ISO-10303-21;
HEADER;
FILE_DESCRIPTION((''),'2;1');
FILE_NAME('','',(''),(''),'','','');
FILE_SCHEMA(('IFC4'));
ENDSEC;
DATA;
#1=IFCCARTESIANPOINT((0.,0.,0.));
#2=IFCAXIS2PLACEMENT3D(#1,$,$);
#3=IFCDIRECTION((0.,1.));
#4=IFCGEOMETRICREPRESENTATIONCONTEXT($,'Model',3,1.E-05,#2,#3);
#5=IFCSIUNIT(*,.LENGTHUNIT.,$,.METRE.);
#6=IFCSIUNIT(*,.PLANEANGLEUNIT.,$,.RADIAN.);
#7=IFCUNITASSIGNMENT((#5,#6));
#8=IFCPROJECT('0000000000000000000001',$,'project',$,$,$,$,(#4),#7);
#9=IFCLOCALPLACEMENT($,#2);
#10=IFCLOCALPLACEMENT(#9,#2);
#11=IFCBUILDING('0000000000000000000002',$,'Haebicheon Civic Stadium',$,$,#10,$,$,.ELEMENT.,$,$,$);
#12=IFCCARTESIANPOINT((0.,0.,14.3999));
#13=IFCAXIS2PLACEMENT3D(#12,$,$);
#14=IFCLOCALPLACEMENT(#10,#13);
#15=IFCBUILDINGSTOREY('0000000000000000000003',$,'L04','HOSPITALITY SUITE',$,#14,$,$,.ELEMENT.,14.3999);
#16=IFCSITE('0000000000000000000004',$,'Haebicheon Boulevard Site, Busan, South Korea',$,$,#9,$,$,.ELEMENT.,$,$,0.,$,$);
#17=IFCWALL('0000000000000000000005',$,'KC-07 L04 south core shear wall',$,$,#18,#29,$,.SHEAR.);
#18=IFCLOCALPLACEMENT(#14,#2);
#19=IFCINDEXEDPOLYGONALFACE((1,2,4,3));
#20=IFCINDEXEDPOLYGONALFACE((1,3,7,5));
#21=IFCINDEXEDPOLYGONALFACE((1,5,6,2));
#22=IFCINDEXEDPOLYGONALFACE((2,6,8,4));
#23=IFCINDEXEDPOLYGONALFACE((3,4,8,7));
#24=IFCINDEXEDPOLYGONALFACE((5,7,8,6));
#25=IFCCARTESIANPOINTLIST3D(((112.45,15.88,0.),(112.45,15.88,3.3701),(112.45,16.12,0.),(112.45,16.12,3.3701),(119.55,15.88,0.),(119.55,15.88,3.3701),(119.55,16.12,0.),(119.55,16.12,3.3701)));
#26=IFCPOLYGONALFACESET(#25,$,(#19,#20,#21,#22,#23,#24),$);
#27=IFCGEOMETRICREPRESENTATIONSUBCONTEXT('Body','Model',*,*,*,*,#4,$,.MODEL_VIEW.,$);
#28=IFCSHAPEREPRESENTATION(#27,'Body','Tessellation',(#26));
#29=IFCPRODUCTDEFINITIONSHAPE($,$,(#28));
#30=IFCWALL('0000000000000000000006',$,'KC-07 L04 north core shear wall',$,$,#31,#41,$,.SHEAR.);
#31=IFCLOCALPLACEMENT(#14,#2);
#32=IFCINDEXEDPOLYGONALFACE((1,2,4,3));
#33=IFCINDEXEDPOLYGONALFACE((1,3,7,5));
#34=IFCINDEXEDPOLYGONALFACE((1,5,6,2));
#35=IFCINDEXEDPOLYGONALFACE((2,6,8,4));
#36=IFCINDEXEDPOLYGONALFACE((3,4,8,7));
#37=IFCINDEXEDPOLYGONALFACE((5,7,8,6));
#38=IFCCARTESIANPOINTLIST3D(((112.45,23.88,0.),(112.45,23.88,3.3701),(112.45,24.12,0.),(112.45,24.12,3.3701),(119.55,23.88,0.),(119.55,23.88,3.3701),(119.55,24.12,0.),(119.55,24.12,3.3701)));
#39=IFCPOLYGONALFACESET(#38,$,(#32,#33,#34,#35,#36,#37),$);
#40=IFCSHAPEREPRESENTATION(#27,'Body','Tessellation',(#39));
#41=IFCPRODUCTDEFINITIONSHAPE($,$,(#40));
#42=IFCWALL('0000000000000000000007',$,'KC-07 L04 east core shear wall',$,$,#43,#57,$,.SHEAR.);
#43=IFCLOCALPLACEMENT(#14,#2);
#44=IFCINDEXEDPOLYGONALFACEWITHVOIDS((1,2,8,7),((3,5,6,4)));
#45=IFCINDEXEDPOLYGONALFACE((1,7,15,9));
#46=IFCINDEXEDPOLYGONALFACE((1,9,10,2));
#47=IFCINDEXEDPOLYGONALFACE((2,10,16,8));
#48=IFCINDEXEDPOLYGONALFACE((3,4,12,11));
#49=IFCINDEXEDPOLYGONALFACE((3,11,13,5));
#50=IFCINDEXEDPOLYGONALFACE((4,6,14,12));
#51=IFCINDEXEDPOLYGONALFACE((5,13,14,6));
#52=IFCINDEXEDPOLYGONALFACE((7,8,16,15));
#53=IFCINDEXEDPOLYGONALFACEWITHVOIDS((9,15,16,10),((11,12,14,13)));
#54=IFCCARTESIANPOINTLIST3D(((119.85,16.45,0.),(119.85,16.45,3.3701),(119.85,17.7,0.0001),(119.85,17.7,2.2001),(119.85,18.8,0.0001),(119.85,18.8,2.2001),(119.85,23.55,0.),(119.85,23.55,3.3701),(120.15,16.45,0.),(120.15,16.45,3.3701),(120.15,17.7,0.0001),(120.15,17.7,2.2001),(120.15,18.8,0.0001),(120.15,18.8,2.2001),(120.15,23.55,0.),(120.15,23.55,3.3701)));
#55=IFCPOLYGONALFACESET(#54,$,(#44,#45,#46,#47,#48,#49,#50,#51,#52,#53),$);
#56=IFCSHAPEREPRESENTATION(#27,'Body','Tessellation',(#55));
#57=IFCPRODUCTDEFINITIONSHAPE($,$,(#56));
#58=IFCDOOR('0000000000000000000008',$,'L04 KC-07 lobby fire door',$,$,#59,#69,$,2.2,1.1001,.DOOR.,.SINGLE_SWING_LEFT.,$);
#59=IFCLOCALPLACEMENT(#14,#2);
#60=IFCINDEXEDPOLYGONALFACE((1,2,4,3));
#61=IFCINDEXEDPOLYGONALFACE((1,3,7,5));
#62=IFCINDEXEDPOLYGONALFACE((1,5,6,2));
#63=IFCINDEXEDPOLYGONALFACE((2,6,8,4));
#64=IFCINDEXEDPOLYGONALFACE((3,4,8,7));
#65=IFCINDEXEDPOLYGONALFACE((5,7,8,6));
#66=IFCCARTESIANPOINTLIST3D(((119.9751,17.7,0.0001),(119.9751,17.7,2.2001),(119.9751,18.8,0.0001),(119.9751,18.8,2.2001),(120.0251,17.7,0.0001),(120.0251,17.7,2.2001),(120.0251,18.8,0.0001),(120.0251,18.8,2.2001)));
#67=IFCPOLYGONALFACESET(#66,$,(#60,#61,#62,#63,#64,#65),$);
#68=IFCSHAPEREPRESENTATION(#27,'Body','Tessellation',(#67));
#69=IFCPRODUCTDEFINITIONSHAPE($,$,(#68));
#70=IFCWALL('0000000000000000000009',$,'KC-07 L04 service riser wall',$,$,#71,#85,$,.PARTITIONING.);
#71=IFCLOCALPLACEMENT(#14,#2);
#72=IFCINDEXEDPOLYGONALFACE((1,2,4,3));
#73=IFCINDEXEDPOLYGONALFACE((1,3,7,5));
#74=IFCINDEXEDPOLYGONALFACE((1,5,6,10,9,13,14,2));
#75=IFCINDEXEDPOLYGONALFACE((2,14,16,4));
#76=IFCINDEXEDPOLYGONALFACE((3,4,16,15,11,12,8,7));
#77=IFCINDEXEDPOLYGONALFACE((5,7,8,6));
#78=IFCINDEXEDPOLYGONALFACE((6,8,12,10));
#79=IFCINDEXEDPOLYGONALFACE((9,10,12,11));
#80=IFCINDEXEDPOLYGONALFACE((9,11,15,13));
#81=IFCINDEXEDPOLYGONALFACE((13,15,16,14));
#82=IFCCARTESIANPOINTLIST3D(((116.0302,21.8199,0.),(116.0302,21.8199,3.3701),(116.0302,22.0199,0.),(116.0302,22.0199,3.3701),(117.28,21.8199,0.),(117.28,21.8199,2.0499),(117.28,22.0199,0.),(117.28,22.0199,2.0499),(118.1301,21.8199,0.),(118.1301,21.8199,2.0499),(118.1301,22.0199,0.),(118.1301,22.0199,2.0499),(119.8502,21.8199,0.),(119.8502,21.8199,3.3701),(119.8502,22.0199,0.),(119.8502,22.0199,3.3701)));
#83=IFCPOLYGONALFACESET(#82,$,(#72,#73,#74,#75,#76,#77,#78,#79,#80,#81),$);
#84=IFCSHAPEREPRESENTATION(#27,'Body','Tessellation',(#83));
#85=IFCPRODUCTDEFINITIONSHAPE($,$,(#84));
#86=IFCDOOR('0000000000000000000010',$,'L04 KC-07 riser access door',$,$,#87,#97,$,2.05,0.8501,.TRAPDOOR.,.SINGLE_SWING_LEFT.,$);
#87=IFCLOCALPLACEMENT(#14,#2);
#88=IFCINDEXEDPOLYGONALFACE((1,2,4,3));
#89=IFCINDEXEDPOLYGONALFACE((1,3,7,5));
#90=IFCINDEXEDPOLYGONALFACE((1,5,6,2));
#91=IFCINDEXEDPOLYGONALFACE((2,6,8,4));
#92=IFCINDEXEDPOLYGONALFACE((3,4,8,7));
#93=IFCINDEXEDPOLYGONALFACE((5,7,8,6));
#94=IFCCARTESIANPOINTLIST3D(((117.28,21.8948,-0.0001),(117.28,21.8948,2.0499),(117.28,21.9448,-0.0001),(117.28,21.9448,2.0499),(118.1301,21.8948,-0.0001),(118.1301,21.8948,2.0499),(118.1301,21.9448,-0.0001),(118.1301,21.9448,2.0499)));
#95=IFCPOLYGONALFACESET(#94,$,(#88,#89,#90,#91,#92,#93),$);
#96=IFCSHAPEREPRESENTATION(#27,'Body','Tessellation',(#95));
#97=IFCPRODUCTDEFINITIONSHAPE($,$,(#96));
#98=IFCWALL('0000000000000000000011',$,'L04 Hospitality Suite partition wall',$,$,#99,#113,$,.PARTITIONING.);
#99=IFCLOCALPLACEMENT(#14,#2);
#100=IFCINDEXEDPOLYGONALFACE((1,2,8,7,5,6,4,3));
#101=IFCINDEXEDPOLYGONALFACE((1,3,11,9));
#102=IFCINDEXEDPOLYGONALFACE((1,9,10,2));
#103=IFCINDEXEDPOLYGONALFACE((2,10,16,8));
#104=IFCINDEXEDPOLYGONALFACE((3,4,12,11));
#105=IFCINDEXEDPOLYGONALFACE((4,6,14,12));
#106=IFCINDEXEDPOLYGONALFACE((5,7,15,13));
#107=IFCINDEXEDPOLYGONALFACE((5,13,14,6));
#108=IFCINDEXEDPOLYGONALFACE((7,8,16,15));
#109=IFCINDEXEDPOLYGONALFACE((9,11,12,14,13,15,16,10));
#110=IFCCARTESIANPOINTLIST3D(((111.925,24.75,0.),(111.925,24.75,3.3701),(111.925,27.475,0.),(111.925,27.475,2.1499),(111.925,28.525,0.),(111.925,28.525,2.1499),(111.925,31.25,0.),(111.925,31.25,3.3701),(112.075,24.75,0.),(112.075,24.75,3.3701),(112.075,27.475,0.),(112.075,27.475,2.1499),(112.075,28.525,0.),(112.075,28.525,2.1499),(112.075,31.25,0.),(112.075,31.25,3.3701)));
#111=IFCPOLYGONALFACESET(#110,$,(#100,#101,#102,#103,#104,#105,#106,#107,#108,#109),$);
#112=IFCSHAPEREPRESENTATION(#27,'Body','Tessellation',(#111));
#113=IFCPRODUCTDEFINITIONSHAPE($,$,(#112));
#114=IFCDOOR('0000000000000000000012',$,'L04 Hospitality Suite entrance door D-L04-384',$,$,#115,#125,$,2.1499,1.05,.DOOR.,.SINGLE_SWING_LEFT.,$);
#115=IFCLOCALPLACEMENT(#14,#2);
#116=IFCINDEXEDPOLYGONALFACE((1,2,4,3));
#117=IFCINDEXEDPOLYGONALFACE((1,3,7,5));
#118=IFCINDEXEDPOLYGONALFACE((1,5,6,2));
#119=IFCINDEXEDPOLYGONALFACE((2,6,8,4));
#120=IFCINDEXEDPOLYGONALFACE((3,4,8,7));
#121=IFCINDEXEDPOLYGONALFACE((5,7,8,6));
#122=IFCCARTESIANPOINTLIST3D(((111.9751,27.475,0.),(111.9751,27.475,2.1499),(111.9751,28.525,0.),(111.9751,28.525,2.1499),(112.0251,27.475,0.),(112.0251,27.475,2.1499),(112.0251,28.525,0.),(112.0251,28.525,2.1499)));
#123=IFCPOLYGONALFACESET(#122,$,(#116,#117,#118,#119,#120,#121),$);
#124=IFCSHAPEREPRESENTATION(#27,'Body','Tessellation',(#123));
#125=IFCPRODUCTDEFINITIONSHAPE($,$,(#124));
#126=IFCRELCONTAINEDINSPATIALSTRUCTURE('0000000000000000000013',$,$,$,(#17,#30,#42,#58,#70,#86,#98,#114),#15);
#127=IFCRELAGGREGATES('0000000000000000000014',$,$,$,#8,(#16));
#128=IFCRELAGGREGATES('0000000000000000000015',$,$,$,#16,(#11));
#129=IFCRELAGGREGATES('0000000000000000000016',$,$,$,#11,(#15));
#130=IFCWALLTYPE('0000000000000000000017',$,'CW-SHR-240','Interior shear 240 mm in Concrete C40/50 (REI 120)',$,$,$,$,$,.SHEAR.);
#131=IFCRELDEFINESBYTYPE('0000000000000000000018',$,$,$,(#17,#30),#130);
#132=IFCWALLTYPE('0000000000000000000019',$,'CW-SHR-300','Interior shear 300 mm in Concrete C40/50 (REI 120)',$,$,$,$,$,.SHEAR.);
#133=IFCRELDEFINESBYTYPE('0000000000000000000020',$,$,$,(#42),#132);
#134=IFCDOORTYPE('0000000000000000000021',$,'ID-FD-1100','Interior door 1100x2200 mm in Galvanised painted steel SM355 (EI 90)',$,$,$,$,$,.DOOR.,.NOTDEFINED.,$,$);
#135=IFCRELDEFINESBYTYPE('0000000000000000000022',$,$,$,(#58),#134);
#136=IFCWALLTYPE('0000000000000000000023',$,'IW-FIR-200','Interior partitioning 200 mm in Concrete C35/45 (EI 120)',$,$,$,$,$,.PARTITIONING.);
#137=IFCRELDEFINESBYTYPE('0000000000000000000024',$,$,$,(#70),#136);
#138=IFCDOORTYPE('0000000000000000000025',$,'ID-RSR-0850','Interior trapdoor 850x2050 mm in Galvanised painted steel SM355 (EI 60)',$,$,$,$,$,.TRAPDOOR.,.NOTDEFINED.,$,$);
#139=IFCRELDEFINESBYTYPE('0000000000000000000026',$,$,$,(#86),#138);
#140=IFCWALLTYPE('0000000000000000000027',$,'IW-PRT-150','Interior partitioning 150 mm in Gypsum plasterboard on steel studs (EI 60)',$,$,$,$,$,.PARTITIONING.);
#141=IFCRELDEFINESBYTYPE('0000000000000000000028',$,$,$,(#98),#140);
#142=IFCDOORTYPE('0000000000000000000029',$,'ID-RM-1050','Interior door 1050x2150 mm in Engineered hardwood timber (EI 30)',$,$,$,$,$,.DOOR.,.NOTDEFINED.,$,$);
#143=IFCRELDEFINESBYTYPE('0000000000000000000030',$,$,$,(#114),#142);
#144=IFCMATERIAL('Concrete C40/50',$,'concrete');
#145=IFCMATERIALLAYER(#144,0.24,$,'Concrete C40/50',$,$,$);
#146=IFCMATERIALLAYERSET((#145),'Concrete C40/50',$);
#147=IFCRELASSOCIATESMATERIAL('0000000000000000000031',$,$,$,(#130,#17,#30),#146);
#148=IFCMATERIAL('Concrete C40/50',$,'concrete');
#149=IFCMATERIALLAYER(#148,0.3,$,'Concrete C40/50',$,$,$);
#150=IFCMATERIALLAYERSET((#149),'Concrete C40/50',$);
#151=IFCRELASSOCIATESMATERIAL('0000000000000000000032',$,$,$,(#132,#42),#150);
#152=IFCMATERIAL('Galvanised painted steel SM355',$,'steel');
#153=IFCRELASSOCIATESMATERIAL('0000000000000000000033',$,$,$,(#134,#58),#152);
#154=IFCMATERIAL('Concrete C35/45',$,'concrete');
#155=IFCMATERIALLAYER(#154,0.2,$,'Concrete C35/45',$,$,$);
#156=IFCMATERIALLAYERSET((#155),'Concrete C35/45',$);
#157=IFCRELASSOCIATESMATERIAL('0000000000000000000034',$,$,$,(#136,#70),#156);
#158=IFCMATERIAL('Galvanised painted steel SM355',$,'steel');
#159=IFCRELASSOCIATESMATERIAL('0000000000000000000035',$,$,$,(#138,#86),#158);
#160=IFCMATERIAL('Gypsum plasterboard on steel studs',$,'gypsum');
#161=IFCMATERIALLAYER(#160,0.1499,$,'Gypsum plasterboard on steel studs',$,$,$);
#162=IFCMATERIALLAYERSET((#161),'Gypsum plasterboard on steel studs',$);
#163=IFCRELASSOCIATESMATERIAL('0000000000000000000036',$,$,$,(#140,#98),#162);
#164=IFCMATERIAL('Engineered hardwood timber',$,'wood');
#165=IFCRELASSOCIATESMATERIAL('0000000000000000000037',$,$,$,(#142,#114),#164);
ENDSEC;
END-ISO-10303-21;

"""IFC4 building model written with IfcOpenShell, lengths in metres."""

from ifc_helpers import new_model, si_unit, direction, frame, frame_2d, origin, place, context, subcontext, project, spatial, rectangle, extrude, material, layer, layer_set, type_object, element, fill, save


model = new_model("IFC4")

# Units and contexts
model_context = context("Model", 3, precision=1e-05, world=origin(), true_north=direction((0.0, 1.0)))
body_context = subcontext(model_context, "Body", "Model", "MODEL_VIEW")
ifc_project = project(units=[si_unit("LENGTHUNIT", "METRE"), si_unit("PLANEANGLEUNIT", "RADIAN")], contexts=[model_context])

# Site, building, storey
site_placement = place(None, origin())
site = spatial("IfcSite", under=ifc_project, at=site_placement, Name="Haebicheon Boulevard Site, Busan, South Korea", CompositionType="ELEMENT", RefElevation=0.0)
building_placement = place(site_placement, origin())
building = spatial("IfcBuilding", under=site, at=building_placement, Name="Haebicheon Civic Stadium", CompositionType="ELEMENT")
storey_placement = place(building_placement, frame((0.0, 0.0, 14.3999)))
storey = spatial("IfcBuildingStorey", under=building, at=storey_placement, Name="L04", Description="HOSPITALITY SUITE", CompositionType="ELEMENT", Elevation=14.3999)

# Walls
ifc_material_1 = material(Name="Concrete C40/50", Category="concrete")
ifc_layer_1 = layer(ifc_material_1, 0.24, Name="Concrete C40/50")
ifc_layer_set_1 = layer_set([ifc_layer_1], Name="Concrete C40/50")
wall_type_1 = type_object("IfcWallType", Name="CW-SHR-240", Description="Interior shear 240 mm in Concrete C40/50 (REI 120)", PredefinedType="SHEAR", material=ifc_layer_set_1)
for number, where, z_axis, x_axis, name in (
    (1, (112.45, 16.0, 0.0), (0.0, 0.0, 1.0), (1.0, 0.0, 0.0), "KC-07 L04 south core shear wall"),
    (2, (112.45, 24.0, 0.0), (0.0, 0.0, 1.0), (1.0, 0.0, 0.0), "KC-07 L04 north core shear wall"),
):
    element("IfcWall", number, at=place(storey_placement, frame(where, z_axis=z_axis, x_axis=x_axis)), inside=storey, type_object=wall_type_1, material=ifc_layer_set_1, Name=name, PredefinedType="SHEAR", context=body_context, shape_type="SweptSolid", body=[
        extrude(rectangle(XDim=7.1001, YDim=0.24, at=frame_2d((3.55, 0.0))), origin(), (0.0, 0.0, 1.0), 3.3701),
    ])

# Walls, openings, doors
ifc_material_2 = material(Name="Concrete C40/50", Category="concrete")
ifc_layer_2 = layer(ifc_material_2, 0.3, Name="Concrete C40/50")
ifc_layer_set_2 = layer_set([ifc_layer_2], Name="Concrete C40/50")
wall_type_2 = type_object("IfcWallType", Name="CW-SHR-300", Description="Interior shear 300 mm in Concrete C40/50 (REI 120)", PredefinedType="SHEAR", material=ifc_layer_set_2)
wall_1_placement = place(storey_placement, frame((120.0, 16.45, 0.0), z_axis=(0.0, 0.0, 1.0), x_axis=(0.0, 1.0, 0.0)))
wall_1 = element("IfcWall", 3, at=wall_1_placement, inside=storey, type_object=wall_type_2, material=ifc_layer_set_2, Name="KC-07 L04 east core shear wall", PredefinedType="SHEAR", context=body_context, shape_type="SweptSolid", body=[
    extrude(rectangle(XDim=7.1001, YDim=0.3, at=frame_2d((3.55, 0.0))), origin(), (0.0, 0.0, 1.0), 3.3701),
])
opening_1_placement = place(wall_1_placement, frame((1.25, 0.0, 0.0)))
opening_1 = element("IfcOpeningElement", 4, at=opening_1_placement, cuts=wall_1, PredefinedType="OPENING", context=body_context, shape_type="SweptSolid", body=[
    extrude(rectangle(XDim=1.1001, YDim=2.2, at=frame_2d((0.55, 1.1001))), frame((0.0, 0.1599, 0.0), z_axis=(0.0, -1.0, 0.0), x_axis=(1.0, 0.0, 0.0)), (0.0, 0.0, 1.0), 0.3201),
])
ifc_material_3 = material(Name="Galvanised painted steel SM355", Category="steel")
door_type_1 = type_object("IfcDoorType", Name="ID-FD-1100", Description="Interior door 1100x2200 mm in Galvanised painted steel SM355 (EI 90)", OperationType="NOTDEFINED", PredefinedType="DOOR", material=ifc_material_3)
door_1_placement = place(opening_1_placement, origin())
door_1 = element("IfcDoor", 5, at=door_1_placement, inside=storey, type_object=door_type_1, material=ifc_material_3, Name="L04 KC-07 lobby fire door", OperationType="SINGLE_SWING_LEFT", OverallHeight=2.2, OverallWidth=1.1001, PredefinedType="DOOR", context=body_context, shape_type="SweptSolid", body=[
    extrude(rectangle(XDim=1.1001, YDim=2.2, at=frame_2d((0.55, 1.1001))), frame((0.0, 0.0249, 0.0), z_axis=(0.0, -1.0, 0.0), x_axis=(1.0, 0.0, 0.0)), (0.0, 0.0, 1.0), 0.05),
])
fill(opening_1, door_1)
ifc_material_4 = material(Name="Concrete C35/45", Category="concrete")
ifc_layer_3 = layer(ifc_material_4, 0.2, Name="Concrete C35/45")
ifc_layer_set_3 = layer_set([ifc_layer_3], Name="Concrete C35/45")
wall_type_3 = type_object("IfcWallType", Name="IW-FIR-200", Description="Interior partitioning 200 mm in Concrete C35/45 (EI 120)", PredefinedType="PARTITIONING", material=ifc_layer_set_3)
wall_2_placement = place(storey_placement, frame((116.03, 21.9199, 0.0), z_axis=(0.0, 0.0, 1.0), x_axis=(1.0, 0.0, 0.0)))
wall_2 = element("IfcWall", 6, at=wall_2_placement, inside=storey, type_object=wall_type_3, material=ifc_layer_set_3, Name="KC-07 L04 service riser wall", PredefinedType="PARTITIONING", context=body_context, shape_type="SweptSolid", body=[
    extrude(rectangle(XDim=3.8201, YDim=0.2, at=frame_2d((1.9102, 0.0))), origin(), (0.0, 0.0, 1.0), 3.3701),
])
opening_2_placement = place(wall_2_placement, frame((1.25, 0.0, 0.0)))
opening_2 = element("IfcOpeningElement", 7, at=opening_2_placement, cuts=wall_2, PredefinedType="OPENING", context=body_context, shape_type="SweptSolid", body=[
    extrude(rectangle(XDim=0.8501, YDim=2.05, at=frame_2d((0.425, 1.0249))), frame((0.0, 0.1099, 0.0), z_axis=(0.0, -1.0, 0.0), x_axis=(1.0, 0.0, 0.0)), (0.0, 0.0, 1.0), 0.22),
])
ifc_material_5 = material(Name="Galvanised painted steel SM355", Category="steel")
door_type_2 = type_object("IfcDoorType", Name="ID-RSR-0850", Description="Interior trapdoor 850x2050 mm in Galvanised painted steel SM355 (EI 60)", OperationType="NOTDEFINED", PredefinedType="TRAPDOOR", material=ifc_material_5)
door_2_placement = place(opening_2_placement, origin())
door_2 = element("IfcDoor", 8, at=door_2_placement, inside=storey, type_object=door_type_2, material=ifc_material_5, Name="L04 KC-07 riser access door", OperationType="SINGLE_SWING_LEFT", OverallHeight=2.05, OverallWidth=0.8501, PredefinedType="TRAPDOOR", context=body_context, shape_type="SweptSolid", body=[
    extrude(rectangle(XDim=0.8501, YDim=2.05, at=frame_2d((0.425, 1.0249))), frame((0.0, 0.0249, 0.0), z_axis=(0.0, -1.0, 0.0), x_axis=(1.0, 0.0, 0.0)), (0.0, 0.0, 1.0), 0.05),
])
fill(opening_2, door_2)
ifc_material_6 = material(Name="Gypsum plasterboard on steel studs", Category="gypsum")
ifc_layer_4 = layer(ifc_material_6, 0.1499, Name="Gypsum plasterboard on steel studs")
ifc_layer_set_4 = layer_set([ifc_layer_4], Name="Gypsum plasterboard on steel studs")
wall_type_4 = type_object("IfcWallType", Name="IW-PRT-150", Description="Interior partitioning 150 mm in Gypsum plasterboard on steel studs (EI 60)", PredefinedType="PARTITIONING", material=ifc_layer_set_4)
wall_3_placement = place(storey_placement, frame((112.0, 24.75, 0.0), z_axis=(0.0, 0.0, 1.0), x_axis=(0.0, 1.0, 0.0)))
wall_3 = element("IfcWall", 9, at=wall_3_placement, inside=storey, type_object=wall_type_4, material=ifc_layer_set_4, Name="L04 Hospitality Suite partition wall", PredefinedType="PARTITIONING", context=body_context, shape_type="SweptSolid", body=[
    extrude(rectangle(XDim=6.5, YDim=0.1499, at=frame_2d((3.25, 0.0))), origin(), (0.0, 0.0, 1.0), 3.3701),
])
opening_3_placement = place(wall_3_placement, frame((2.7251, 0.0, 0.0)))
opening_3 = element("IfcOpeningElement", 10, at=opening_3_placement, cuts=wall_3, PredefinedType="OPENING", context=body_context, shape_type="SweptSolid", body=[
    extrude(rectangle(XDim=1.05, YDim=2.1499, at=frame_2d((0.5249, 1.075))), frame((0.0, 0.085, 0.0), z_axis=(0.0, -1.0, 0.0), x_axis=(1.0, 0.0, 0.0)), (0.0, 0.0, 1.0), 0.1699),
])
ifc_material_7 = material(Name="Engineered hardwood timber", Category="wood")
door_type_3 = type_object("IfcDoorType", Name="ID-RM-1050", Description="Interior door 1050x2150 mm in Engineered hardwood timber (EI 30)", OperationType="NOTDEFINED", PredefinedType="DOOR", material=ifc_material_7)
door_3_placement = place(opening_3_placement, origin())
door_3 = element("IfcDoor", 11, at=door_3_placement, inside=storey, type_object=door_type_3, material=ifc_material_7, Name="L04 Hospitality Suite entrance door D-L04-384", OperationType="SINGLE_SWING_LEFT", OverallHeight=2.1499, OverallWidth=1.05, PredefinedType="DOOR", context=body_context, shape_type="SweptSolid", body=[
    extrude(rectangle(XDim=1.05, YDim=2.1499, at=frame_2d((0.5249, 1.075))), frame((0.0, 0.0249, 0.0), z_axis=(0.0, -1.0, 0.0), x_axis=(1.0, 0.0, 0.0)), (0.0, 0.0, 1.0), 0.05),
])
fill(opening_3, door_3)

save(model, "model.ifc")
